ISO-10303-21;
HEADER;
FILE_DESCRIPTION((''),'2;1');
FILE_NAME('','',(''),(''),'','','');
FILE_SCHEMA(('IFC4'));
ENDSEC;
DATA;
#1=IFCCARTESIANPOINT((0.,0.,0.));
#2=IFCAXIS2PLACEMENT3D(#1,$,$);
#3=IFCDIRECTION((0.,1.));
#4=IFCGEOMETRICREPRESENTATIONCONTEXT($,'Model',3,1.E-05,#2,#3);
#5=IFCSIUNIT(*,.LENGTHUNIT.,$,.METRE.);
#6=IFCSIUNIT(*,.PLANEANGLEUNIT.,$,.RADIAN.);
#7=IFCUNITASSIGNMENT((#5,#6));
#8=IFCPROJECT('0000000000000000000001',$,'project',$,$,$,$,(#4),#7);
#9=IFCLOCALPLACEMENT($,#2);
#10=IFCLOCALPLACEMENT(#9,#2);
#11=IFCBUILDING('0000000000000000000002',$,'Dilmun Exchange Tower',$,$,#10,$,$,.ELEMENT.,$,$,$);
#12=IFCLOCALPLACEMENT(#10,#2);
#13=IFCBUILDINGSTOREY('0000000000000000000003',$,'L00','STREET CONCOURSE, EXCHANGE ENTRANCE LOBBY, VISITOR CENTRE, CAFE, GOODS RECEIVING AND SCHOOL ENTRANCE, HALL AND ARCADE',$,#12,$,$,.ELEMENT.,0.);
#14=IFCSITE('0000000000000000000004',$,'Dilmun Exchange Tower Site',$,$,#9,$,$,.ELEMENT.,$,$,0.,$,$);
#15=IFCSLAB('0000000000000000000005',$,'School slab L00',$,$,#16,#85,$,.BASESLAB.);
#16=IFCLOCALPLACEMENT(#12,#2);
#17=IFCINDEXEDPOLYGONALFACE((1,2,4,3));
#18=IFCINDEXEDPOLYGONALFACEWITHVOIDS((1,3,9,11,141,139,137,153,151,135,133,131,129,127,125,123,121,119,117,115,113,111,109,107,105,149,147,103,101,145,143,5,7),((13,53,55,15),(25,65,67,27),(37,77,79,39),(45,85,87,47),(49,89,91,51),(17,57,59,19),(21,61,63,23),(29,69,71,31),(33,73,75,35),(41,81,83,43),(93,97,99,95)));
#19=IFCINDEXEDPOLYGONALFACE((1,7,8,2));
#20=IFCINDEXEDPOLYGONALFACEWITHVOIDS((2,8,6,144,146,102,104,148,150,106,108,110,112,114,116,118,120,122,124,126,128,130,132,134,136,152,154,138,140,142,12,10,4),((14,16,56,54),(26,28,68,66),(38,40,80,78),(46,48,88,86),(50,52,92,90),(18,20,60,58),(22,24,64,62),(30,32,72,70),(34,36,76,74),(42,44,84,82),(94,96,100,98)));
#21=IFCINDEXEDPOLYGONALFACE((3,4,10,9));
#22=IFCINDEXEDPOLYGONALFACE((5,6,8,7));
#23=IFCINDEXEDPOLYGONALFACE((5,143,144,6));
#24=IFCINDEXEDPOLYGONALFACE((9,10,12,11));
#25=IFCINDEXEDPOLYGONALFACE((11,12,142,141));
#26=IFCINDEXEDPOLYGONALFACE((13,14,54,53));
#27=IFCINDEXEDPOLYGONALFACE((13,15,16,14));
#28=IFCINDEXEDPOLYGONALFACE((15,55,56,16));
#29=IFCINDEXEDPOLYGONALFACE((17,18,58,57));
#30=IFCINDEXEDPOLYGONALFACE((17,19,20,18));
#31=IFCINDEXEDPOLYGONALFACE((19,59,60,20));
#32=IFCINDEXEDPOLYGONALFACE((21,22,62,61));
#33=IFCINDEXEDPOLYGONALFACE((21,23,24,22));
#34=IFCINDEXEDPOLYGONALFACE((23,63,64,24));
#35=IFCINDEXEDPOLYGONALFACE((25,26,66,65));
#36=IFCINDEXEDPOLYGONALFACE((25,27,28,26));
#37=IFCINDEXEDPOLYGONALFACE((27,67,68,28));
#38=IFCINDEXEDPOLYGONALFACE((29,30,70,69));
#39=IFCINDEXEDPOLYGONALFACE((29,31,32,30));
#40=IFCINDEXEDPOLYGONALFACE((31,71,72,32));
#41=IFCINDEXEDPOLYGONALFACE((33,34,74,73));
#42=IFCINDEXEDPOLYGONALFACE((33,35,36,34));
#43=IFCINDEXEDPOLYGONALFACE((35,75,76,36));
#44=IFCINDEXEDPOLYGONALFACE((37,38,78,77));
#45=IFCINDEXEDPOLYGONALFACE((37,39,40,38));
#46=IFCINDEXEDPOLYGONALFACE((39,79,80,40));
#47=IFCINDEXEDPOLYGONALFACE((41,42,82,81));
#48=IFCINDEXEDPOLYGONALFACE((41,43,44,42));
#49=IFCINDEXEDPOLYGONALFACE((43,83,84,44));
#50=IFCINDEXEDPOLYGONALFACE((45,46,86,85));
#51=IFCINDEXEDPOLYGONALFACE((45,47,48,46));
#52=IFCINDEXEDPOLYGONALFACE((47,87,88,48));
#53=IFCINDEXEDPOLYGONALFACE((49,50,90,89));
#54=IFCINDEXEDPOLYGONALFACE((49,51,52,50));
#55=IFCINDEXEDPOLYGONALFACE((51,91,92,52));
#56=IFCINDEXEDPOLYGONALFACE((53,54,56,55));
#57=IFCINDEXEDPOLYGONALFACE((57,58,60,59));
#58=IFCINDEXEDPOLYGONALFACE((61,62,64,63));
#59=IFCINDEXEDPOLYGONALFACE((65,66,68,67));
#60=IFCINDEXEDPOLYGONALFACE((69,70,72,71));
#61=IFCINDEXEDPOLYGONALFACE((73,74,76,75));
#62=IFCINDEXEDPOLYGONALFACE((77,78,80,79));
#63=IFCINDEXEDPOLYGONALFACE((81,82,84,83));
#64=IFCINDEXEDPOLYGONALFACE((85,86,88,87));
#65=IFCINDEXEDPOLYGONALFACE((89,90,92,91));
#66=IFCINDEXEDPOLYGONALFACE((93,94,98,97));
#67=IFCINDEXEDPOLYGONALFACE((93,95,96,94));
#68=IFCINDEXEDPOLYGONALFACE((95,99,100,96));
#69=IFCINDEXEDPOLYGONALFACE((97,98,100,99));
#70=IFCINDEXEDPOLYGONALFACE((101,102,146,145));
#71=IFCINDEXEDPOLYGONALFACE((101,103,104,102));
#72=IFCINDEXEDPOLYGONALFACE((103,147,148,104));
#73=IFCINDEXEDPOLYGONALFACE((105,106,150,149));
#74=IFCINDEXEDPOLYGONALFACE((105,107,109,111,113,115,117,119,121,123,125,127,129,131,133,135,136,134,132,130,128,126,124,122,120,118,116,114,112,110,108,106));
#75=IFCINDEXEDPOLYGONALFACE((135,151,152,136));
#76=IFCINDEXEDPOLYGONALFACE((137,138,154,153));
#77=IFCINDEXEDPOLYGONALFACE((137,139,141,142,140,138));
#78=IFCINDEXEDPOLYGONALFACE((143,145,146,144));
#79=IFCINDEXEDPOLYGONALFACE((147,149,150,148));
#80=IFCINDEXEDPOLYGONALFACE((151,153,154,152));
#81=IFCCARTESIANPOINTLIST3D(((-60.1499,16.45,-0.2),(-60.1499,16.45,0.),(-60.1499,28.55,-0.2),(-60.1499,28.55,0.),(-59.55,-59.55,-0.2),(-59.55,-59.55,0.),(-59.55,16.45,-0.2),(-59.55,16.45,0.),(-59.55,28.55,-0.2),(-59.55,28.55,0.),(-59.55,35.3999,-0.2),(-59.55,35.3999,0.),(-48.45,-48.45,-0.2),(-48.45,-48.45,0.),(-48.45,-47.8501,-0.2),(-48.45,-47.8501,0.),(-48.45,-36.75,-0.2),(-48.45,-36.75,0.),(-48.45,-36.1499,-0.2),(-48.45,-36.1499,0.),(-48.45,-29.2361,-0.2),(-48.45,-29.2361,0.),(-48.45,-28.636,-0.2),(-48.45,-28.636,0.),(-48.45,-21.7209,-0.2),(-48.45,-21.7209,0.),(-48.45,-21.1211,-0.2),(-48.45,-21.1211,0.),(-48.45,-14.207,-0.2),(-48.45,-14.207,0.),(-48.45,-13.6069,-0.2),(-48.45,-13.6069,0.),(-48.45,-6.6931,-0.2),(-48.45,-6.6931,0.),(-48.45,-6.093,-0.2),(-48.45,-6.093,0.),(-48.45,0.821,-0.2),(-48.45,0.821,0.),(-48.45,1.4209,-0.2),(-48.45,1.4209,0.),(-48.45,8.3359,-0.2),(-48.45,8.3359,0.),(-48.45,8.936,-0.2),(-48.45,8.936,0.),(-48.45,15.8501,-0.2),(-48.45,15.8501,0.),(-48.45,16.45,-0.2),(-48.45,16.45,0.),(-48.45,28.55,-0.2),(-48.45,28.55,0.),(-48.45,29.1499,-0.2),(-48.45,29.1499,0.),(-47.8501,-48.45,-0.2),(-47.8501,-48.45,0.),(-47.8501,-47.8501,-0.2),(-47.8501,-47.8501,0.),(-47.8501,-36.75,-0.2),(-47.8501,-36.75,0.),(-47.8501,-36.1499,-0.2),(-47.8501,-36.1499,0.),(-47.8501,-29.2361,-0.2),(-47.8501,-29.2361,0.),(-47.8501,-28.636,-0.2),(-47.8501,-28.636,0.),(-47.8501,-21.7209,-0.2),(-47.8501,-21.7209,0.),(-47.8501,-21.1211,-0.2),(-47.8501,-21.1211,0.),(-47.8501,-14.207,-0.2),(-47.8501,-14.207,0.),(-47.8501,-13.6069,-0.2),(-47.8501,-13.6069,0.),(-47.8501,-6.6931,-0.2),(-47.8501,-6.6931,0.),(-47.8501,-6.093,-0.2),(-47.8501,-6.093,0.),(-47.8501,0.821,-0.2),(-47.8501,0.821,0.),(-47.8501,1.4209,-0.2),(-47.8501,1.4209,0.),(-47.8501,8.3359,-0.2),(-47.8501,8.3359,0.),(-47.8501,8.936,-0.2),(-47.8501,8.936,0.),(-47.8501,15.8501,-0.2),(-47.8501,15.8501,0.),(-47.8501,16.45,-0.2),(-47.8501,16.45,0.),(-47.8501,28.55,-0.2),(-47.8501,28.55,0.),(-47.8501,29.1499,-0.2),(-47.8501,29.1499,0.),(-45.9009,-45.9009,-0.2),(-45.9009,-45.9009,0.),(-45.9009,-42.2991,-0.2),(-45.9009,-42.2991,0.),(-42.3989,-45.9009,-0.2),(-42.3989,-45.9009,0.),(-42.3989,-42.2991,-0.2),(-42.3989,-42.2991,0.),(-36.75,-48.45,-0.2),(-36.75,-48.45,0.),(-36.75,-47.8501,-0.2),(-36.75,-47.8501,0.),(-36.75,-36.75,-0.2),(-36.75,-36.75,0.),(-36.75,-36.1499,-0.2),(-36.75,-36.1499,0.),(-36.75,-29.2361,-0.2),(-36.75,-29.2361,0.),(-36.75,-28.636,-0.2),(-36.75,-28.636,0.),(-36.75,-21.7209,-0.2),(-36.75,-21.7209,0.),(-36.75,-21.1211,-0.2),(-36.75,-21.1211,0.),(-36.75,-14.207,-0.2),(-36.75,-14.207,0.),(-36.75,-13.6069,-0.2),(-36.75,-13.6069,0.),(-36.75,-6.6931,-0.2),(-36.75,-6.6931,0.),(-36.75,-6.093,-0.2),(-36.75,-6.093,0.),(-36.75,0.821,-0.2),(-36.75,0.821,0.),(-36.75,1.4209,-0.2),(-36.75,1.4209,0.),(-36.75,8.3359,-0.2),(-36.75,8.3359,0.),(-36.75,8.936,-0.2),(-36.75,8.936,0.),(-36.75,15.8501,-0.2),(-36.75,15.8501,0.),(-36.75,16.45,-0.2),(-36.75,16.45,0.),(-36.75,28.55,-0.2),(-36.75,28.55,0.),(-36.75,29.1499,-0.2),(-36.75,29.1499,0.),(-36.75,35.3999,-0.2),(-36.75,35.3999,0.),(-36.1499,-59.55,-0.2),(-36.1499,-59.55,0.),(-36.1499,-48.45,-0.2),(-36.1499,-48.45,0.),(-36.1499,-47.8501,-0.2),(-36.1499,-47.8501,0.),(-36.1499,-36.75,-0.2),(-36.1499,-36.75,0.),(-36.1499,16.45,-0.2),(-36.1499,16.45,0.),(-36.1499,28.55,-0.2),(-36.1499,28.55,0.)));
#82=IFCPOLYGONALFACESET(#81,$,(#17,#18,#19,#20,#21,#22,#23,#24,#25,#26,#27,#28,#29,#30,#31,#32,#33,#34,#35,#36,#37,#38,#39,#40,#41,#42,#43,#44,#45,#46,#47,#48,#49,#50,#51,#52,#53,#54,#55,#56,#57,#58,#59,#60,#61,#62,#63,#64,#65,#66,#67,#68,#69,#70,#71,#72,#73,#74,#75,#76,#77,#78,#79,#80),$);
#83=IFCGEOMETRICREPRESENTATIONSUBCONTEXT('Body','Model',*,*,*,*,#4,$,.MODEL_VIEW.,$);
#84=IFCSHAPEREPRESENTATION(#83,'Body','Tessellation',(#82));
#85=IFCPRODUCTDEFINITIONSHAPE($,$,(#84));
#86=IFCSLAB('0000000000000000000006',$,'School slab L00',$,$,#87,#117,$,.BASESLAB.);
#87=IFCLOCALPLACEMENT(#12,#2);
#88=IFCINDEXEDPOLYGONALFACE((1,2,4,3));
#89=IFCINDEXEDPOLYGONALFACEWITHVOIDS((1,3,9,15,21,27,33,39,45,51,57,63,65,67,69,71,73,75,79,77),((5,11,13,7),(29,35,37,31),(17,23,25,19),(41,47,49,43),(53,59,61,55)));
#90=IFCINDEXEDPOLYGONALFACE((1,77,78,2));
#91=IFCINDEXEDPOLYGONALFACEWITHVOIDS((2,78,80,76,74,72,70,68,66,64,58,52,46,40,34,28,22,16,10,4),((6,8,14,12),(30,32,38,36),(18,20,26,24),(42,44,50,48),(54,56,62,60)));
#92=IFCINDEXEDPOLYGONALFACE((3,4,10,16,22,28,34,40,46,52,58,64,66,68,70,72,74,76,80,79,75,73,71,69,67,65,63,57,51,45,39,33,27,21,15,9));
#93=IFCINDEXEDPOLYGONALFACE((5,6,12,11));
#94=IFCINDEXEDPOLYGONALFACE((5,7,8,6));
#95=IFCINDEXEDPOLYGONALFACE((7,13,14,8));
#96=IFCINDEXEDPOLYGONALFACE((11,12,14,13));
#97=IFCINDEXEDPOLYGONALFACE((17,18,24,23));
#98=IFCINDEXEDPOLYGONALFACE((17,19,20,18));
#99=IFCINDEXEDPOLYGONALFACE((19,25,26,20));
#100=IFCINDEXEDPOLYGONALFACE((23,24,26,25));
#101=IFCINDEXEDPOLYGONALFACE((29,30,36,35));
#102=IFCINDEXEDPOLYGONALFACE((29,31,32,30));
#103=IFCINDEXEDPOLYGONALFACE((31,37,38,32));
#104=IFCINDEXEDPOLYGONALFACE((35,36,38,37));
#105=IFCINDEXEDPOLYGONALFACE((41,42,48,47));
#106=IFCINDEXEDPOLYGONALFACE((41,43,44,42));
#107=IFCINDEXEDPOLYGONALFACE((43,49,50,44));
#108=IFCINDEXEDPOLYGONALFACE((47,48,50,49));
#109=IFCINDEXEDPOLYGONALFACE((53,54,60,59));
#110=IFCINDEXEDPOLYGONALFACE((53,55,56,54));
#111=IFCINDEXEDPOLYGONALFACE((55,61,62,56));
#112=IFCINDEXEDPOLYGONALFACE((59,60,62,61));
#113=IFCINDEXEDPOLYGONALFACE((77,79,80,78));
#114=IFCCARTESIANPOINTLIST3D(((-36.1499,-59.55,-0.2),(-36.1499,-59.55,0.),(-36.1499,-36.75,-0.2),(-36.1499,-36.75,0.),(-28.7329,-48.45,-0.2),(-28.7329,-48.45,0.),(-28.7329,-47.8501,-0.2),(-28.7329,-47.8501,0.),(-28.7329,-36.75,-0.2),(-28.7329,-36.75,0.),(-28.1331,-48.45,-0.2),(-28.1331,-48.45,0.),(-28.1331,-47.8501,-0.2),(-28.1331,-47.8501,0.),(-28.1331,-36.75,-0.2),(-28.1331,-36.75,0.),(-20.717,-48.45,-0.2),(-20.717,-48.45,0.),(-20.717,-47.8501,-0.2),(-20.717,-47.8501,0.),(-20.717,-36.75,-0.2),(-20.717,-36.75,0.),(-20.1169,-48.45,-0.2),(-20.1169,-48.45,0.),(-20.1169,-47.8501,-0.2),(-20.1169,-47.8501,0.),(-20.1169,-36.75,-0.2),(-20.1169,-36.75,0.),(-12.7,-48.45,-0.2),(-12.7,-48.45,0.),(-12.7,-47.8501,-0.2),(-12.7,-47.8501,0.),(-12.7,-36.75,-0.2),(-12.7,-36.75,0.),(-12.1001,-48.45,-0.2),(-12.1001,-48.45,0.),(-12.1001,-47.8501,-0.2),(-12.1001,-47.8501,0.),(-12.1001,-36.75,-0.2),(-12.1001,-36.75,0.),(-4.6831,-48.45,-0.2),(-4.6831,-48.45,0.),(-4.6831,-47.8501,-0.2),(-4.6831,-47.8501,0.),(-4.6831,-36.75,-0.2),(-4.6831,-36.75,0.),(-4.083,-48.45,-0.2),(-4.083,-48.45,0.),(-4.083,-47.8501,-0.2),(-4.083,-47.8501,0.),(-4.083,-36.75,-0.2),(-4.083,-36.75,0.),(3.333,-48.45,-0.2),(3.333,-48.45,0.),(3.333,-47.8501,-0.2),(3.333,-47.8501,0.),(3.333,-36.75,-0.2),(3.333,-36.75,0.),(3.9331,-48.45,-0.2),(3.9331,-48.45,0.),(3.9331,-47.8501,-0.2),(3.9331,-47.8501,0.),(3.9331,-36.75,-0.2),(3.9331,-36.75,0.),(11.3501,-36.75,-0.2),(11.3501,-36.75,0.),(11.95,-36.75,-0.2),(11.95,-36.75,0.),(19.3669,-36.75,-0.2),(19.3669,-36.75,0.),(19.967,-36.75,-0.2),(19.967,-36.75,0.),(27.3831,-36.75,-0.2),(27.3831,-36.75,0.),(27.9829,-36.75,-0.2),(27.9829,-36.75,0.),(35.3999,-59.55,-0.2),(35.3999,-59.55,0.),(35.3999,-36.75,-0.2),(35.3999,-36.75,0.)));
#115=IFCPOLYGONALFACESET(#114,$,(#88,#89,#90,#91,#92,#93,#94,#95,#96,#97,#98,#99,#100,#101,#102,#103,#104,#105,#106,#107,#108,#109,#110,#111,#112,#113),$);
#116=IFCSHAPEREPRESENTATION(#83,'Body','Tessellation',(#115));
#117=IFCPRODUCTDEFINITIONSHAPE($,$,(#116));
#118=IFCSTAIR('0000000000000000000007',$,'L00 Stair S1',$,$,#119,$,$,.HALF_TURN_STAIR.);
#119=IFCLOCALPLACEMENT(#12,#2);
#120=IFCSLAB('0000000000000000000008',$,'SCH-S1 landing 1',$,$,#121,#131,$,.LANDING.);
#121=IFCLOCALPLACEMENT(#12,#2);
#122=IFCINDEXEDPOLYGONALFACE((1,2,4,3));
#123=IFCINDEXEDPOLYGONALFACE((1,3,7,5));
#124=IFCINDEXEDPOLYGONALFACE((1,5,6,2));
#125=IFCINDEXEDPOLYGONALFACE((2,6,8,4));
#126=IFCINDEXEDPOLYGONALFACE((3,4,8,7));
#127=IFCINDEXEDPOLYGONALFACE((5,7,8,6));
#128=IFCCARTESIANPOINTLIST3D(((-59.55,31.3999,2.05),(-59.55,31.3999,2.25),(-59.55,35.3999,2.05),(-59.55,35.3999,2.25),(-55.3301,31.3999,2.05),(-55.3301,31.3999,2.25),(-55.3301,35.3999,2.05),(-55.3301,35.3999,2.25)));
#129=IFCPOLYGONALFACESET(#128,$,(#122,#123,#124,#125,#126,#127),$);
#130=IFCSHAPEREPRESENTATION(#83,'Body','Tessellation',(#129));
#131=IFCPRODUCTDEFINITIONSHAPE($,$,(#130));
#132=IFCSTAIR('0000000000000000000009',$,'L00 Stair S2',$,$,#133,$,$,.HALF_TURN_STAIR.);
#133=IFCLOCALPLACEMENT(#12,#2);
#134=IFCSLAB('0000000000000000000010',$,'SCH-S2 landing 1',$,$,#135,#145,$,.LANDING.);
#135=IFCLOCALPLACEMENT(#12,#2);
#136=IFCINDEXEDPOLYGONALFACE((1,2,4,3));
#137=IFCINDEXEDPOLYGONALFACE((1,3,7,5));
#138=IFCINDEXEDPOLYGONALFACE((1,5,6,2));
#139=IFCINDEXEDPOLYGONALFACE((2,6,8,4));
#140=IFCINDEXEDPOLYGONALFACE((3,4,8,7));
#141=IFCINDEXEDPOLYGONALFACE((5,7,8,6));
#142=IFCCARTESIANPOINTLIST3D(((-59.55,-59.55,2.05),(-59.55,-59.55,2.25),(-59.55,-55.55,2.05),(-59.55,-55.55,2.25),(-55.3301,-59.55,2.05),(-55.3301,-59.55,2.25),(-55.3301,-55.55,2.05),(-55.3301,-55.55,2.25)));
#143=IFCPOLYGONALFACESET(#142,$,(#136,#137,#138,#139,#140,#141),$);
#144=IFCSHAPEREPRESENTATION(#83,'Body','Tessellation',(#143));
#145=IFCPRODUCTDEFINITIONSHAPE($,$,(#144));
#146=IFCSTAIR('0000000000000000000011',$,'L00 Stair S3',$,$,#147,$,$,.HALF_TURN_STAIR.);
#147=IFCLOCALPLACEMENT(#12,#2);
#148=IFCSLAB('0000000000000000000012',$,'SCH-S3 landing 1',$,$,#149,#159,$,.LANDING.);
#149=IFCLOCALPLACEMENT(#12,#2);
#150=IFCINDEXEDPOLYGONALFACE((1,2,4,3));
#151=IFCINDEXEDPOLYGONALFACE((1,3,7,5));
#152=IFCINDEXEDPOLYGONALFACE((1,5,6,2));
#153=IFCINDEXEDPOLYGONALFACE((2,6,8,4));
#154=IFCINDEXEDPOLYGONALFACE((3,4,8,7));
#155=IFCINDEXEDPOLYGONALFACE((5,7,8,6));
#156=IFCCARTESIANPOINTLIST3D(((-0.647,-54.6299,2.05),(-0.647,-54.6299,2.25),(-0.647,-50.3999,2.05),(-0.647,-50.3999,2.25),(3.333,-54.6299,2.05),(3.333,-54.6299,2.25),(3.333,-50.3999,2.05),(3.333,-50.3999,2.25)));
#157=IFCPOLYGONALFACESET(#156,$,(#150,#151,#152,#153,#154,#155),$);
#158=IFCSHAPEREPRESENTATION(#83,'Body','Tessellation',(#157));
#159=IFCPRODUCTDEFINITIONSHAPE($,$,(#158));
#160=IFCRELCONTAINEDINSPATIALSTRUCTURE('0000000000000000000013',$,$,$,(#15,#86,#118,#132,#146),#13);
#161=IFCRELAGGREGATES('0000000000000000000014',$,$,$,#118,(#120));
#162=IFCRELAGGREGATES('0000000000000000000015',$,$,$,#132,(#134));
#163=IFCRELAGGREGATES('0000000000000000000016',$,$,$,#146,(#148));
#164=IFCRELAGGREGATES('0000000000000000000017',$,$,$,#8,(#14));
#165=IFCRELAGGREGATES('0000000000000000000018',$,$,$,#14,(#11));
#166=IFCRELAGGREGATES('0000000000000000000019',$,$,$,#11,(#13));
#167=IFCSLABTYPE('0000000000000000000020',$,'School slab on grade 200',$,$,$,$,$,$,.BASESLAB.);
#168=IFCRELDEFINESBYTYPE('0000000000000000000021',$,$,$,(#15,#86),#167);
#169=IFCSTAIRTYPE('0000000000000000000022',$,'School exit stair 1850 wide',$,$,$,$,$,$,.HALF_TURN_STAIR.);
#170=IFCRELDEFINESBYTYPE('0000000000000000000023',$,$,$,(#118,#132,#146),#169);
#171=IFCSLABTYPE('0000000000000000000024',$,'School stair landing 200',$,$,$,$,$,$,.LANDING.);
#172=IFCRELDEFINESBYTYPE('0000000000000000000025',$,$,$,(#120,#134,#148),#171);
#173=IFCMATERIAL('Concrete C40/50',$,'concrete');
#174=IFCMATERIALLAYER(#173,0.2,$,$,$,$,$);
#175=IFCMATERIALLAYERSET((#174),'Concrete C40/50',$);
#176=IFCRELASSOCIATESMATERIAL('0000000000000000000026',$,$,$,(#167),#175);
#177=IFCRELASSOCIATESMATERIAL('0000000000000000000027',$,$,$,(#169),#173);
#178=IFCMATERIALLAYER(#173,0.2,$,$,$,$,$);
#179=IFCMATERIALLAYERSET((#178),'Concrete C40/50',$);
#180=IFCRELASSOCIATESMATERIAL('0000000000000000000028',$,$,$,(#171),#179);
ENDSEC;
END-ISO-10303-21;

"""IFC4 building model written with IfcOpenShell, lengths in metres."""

from ifc_helpers import new_model, si_unit, direction, frame, origin, place, context, subcontext, project, spatial, polyline, outline, extrude, material, layer, layer_set, type_object, element, aggregate, save


model = new_model("IFC4")

# Units and contexts
model_context = context("Model", 3, precision=1e-05, world=origin(), true_north=direction((0.0, 1.0)))
body_context = subcontext(model_context, "Body", "Model", "MODEL_VIEW")
ifc_project = project(units=[si_unit("LENGTHUNIT", "METRE"), si_unit("PLANEANGLEUNIT", "RADIAN")], contexts=[model_context])

# Site, building, storey
site_placement = place(None, origin())
site = spatial("IfcSite", under=ifc_project, at=site_placement, Name="Dilmun Exchange Tower Site", CompositionType="ELEMENT", RefElevation=0.0)
building_placement = place(site_placement, origin())
building = spatial("IfcBuilding", under=site, at=building_placement, Name="Dilmun Exchange Tower", CompositionType="ELEMENT")
storey_placement = place(building_placement, origin())
storey = spatial("IfcBuildingStorey", under=building, at=storey_placement, Name="L00", Description="STREET CONCOURSE, EXCHANGE ENTRANCE LOBBY, VISITOR CENTRE, CAFE, GOODS RECEIVING AND SCHOOL ENTRANCE, HALL AND ARCADE", CompositionType="ELEMENT", Elevation=0.0)

# Shared definitions
ifc_material_1 = material(Name="Concrete C40/50", Category="concrete")

# Slabs
ifc_layer_1 = layer(ifc_material_1, 0.2)
ifc_layer_set_1 = layer_set([ifc_layer_1], Name="Concrete C40/50")
slab_type_1 = type_object("IfcSlabType", Name="School slab on grade 200", PredefinedType="BASESLAB", material=ifc_layer_set_1)
slab_1_placement = place(storey_placement, frame((0.0, 0.0, -0.2)))
element("IfcSlab", 1, at=slab_1_placement, inside=storey, type_object=slab_type_1, Name="School slab L00", PredefinedType="BASESLAB", context=body_context, shape_type="SweptSolid", body=[
    extrude(outline(polyline([(-60.1499, 16.45), (-60.1499, 28.55), (-59.55, 28.55), (-59.55, 35.3999), (-36.75, 35.3999), (-36.75, 29.1499), (-36.75, 28.55), (-36.1499, 28.55), (-36.1499, 16.45), (-36.75, 16.45), (-36.75, 15.8501), (-36.75, 8.936), (-36.75, 8.3359), (-36.75, 1.4209), (-36.75, 0.821), (-36.75, -6.093), (-36.75, -6.6931), (-36.75, -13.6069), (-36.75, -14.207), (-36.75, -21.1211), (-36.75, -21.7209), (-36.75, -28.636), (-36.75, -29.2361), (-36.75, -36.1499), (-36.75, -36.75), (-36.1499, -36.75), (-36.1499, -47.8501), (-36.75, -47.8501), (-36.75, -48.45), (-36.1499, -48.45), (-36.1499, -59.55), (-59.55, -59.55), (-59.55, 16.45), (-60.1499, 16.45)]), holes=[polyline([(-48.45, -21.1211), (-48.45, -21.7209), (-47.8501, -21.7209), (-47.8501, -21.1211), (-48.45, -21.1211)]), polyline([(-48.45, -13.6069), (-48.45, -14.207), (-47.8501, -14.207), (-47.8501, -13.6069), (-48.45, -13.6069)]), polyline([(-48.45, -6.093), (-48.45, -6.6931), (-47.8501, -6.6931), (-47.8501, -6.093), (-48.45, -6.093)]), polyline([(-48.45, 1.4209), (-48.45, 0.821), (-47.8501, 0.821), (-47.8501, 1.4209), (-48.45, 1.4209)]), polyline([(-48.45, 8.936), (-48.45, 8.3359), (-47.8501, 8.3359), (-47.8501, 8.936), (-48.45, 8.936)]), polyline([(-48.45, 16.45), (-48.45, 15.8501), (-47.8501, 15.8501), (-47.8501, 16.45), (-48.45, 16.45)]), polyline([(-48.45, 29.1499), (-48.45, 28.55), (-47.8501, 28.55), (-47.8501, 29.1499), (-48.45, 29.1499)]), polyline([(-48.45, -47.8501), (-48.45, -48.45), (-47.8501, -48.45), (-47.8501, -47.8501), (-48.45, -47.8501)]), polyline([(-48.45, -36.1499), (-48.45, -36.75), (-47.8501, -36.75), (-47.8501, -36.1499), (-48.45, -36.1499)]), polyline([(-48.45, -28.636), (-48.45, -29.2361), (-47.8501, -29.2361), (-47.8501, -28.636), (-48.45, -28.636)]), polyline([(-45.9009, -45.9009), (-42.3989, -45.9009), (-42.3989, -42.2991), (-45.9009, -42.2991), (-45.9009, -45.9009)])]), origin(), (0.0, 0.0, 1.0), 0.2),
])
slab_2_placement = place(storey_placement, frame((0.0, 0.0, -0.2)))
element("IfcSlab", 2, at=slab_2_placement, inside=storey, type_object=slab_type_1, Name="School slab L00", PredefinedType="BASESLAB", context=body_context, shape_type="SweptSolid", body=[
    extrude(outline(polyline([(-28.1331, -36.75), (-20.717, -36.75), (-20.1169, -36.75), (-12.7, -36.75), (-12.1001, -36.75), (-4.6831, -36.75), (-4.083, -36.75), (3.333, -36.75), (3.9331, -36.75), (11.3501, -36.75), (11.95, -36.75), (19.3669, -36.75), (19.967, -36.75), (27.3831, -36.75), (27.9829, -36.75), (35.3999, -36.75), (35.3999, -59.55), (-36.1499, -59.55), (-36.1499, -36.75), (-28.7329, -36.75), (-28.1331, -36.75)]), holes=[polyline([(-28.7329, -47.8501), (-28.7329, -48.45), (-28.1331, -48.45), (-28.1331, -47.8501), (-28.7329, -47.8501)]), polyline([(-12.7, -47.8501), (-12.7, -48.45), (-12.1001, -48.45), (-12.1001, -47.8501), (-12.7, -47.8501)]), polyline([(-4.6831, -47.8501), (-4.6831, -48.45), (-4.083, -48.45), (-4.083, -47.8501), (-4.6831, -47.8501)]), polyline([(3.333, -47.8501), (3.333, -48.45), (3.9331, -48.45), (3.9331, -47.8501), (3.333, -47.8501)]), polyline([(-20.717, -47.8501), (-20.717, -48.45), (-20.1169, -48.45), (-20.1169, -47.8501), (-20.717, -47.8501)])]), origin(), (0.0, 0.0, 1.0), 0.2),
])

# Stairs, slabs
stair_type = type_object("IfcStairType", Name="School exit stair 1850 wide", PredefinedType="HALF_TURN_STAIR", material=ifc_material_1)
stair_1_placement = place(storey_placement, origin())
stair_1 = element("IfcStair", 3, at=stair_1_placement, inside=storey, type_object=stair_type, Name="L00 Stair S1", PredefinedType="HALF_TURN_STAIR")
ifc_layer_2 = layer(ifc_material_1, 0.2)
ifc_layer_set_2 = layer_set([ifc_layer_2], Name="Concrete C40/50")
slab_type_2 = type_object("IfcSlabType", Name="School stair landing 200", PredefinedType="LANDING", material=ifc_layer_set_2)
slab_3_placement = place(storey_placement, frame((0.0, 0.0, 2.05)))
slab_3 = element("IfcSlab", 4, at=slab_3_placement, type_object=slab_type_2, Name="SCH-S1 landing 1", PredefinedType="LANDING", context=body_context, shape_type="SweptSolid", body=[
    extrude(outline(polyline([(-55.3301, 35.3999), (-59.55, 35.3999), (-59.55, 31.3999), (-55.3301, 31.3999), (-55.3301, 35.3999)])), origin(), (0.0, 0.0, 1.0), 0.2),
])
aggregate(stair_1, [slab_3])
stair_2_placement = place(storey_placement, origin())
stair_2 = element("IfcStair", 5, at=stair_2_placement, inside=storey, type_object=stair_type, Name="L00 Stair S2", PredefinedType="HALF_TURN_STAIR")
slab_4_placement = place(storey_placement, frame((0.0, 0.0, 2.05)))
slab_4 = element("IfcSlab", 6, at=slab_4_placement, type_object=slab_type_2, Name="SCH-S2 landing 1", PredefinedType="LANDING", context=body_context, shape_type="SweptSolid", body=[
    extrude(outline(polyline([(-55.3301, -55.55), (-59.55, -55.55), (-59.55, -59.55), (-55.3301, -59.55), (-55.3301, -55.55)])), origin(), (0.0, 0.0, 1.0), 0.2),
])
aggregate(stair_2, [slab_4])
stair_3_placement = place(storey_placement, origin())
stair_3 = element("IfcStair", 7, at=stair_3_placement, inside=storey, type_object=stair_type, Name="L00 Stair S3", PredefinedType="HALF_TURN_STAIR")
slab_5_placement = place(storey_placement, frame((0.0, 0.0, 2.05)))
slab_5 = element("IfcSlab", 8, at=slab_5_placement, type_object=slab_type_2, Name="SCH-S3 landing 1", PredefinedType="LANDING", context=body_context, shape_type="SweptSolid", body=[
    extrude(outline(polyline([(3.333, -54.6299), (3.333, -50.3999), (-0.647, -50.3999), (-0.647, -54.6299), (3.333, -54.6299)])), origin(), (0.0, 0.0, 1.0), 0.2),
])
aggregate(stair_3, [slab_5])

save(model, "model.ifc")
